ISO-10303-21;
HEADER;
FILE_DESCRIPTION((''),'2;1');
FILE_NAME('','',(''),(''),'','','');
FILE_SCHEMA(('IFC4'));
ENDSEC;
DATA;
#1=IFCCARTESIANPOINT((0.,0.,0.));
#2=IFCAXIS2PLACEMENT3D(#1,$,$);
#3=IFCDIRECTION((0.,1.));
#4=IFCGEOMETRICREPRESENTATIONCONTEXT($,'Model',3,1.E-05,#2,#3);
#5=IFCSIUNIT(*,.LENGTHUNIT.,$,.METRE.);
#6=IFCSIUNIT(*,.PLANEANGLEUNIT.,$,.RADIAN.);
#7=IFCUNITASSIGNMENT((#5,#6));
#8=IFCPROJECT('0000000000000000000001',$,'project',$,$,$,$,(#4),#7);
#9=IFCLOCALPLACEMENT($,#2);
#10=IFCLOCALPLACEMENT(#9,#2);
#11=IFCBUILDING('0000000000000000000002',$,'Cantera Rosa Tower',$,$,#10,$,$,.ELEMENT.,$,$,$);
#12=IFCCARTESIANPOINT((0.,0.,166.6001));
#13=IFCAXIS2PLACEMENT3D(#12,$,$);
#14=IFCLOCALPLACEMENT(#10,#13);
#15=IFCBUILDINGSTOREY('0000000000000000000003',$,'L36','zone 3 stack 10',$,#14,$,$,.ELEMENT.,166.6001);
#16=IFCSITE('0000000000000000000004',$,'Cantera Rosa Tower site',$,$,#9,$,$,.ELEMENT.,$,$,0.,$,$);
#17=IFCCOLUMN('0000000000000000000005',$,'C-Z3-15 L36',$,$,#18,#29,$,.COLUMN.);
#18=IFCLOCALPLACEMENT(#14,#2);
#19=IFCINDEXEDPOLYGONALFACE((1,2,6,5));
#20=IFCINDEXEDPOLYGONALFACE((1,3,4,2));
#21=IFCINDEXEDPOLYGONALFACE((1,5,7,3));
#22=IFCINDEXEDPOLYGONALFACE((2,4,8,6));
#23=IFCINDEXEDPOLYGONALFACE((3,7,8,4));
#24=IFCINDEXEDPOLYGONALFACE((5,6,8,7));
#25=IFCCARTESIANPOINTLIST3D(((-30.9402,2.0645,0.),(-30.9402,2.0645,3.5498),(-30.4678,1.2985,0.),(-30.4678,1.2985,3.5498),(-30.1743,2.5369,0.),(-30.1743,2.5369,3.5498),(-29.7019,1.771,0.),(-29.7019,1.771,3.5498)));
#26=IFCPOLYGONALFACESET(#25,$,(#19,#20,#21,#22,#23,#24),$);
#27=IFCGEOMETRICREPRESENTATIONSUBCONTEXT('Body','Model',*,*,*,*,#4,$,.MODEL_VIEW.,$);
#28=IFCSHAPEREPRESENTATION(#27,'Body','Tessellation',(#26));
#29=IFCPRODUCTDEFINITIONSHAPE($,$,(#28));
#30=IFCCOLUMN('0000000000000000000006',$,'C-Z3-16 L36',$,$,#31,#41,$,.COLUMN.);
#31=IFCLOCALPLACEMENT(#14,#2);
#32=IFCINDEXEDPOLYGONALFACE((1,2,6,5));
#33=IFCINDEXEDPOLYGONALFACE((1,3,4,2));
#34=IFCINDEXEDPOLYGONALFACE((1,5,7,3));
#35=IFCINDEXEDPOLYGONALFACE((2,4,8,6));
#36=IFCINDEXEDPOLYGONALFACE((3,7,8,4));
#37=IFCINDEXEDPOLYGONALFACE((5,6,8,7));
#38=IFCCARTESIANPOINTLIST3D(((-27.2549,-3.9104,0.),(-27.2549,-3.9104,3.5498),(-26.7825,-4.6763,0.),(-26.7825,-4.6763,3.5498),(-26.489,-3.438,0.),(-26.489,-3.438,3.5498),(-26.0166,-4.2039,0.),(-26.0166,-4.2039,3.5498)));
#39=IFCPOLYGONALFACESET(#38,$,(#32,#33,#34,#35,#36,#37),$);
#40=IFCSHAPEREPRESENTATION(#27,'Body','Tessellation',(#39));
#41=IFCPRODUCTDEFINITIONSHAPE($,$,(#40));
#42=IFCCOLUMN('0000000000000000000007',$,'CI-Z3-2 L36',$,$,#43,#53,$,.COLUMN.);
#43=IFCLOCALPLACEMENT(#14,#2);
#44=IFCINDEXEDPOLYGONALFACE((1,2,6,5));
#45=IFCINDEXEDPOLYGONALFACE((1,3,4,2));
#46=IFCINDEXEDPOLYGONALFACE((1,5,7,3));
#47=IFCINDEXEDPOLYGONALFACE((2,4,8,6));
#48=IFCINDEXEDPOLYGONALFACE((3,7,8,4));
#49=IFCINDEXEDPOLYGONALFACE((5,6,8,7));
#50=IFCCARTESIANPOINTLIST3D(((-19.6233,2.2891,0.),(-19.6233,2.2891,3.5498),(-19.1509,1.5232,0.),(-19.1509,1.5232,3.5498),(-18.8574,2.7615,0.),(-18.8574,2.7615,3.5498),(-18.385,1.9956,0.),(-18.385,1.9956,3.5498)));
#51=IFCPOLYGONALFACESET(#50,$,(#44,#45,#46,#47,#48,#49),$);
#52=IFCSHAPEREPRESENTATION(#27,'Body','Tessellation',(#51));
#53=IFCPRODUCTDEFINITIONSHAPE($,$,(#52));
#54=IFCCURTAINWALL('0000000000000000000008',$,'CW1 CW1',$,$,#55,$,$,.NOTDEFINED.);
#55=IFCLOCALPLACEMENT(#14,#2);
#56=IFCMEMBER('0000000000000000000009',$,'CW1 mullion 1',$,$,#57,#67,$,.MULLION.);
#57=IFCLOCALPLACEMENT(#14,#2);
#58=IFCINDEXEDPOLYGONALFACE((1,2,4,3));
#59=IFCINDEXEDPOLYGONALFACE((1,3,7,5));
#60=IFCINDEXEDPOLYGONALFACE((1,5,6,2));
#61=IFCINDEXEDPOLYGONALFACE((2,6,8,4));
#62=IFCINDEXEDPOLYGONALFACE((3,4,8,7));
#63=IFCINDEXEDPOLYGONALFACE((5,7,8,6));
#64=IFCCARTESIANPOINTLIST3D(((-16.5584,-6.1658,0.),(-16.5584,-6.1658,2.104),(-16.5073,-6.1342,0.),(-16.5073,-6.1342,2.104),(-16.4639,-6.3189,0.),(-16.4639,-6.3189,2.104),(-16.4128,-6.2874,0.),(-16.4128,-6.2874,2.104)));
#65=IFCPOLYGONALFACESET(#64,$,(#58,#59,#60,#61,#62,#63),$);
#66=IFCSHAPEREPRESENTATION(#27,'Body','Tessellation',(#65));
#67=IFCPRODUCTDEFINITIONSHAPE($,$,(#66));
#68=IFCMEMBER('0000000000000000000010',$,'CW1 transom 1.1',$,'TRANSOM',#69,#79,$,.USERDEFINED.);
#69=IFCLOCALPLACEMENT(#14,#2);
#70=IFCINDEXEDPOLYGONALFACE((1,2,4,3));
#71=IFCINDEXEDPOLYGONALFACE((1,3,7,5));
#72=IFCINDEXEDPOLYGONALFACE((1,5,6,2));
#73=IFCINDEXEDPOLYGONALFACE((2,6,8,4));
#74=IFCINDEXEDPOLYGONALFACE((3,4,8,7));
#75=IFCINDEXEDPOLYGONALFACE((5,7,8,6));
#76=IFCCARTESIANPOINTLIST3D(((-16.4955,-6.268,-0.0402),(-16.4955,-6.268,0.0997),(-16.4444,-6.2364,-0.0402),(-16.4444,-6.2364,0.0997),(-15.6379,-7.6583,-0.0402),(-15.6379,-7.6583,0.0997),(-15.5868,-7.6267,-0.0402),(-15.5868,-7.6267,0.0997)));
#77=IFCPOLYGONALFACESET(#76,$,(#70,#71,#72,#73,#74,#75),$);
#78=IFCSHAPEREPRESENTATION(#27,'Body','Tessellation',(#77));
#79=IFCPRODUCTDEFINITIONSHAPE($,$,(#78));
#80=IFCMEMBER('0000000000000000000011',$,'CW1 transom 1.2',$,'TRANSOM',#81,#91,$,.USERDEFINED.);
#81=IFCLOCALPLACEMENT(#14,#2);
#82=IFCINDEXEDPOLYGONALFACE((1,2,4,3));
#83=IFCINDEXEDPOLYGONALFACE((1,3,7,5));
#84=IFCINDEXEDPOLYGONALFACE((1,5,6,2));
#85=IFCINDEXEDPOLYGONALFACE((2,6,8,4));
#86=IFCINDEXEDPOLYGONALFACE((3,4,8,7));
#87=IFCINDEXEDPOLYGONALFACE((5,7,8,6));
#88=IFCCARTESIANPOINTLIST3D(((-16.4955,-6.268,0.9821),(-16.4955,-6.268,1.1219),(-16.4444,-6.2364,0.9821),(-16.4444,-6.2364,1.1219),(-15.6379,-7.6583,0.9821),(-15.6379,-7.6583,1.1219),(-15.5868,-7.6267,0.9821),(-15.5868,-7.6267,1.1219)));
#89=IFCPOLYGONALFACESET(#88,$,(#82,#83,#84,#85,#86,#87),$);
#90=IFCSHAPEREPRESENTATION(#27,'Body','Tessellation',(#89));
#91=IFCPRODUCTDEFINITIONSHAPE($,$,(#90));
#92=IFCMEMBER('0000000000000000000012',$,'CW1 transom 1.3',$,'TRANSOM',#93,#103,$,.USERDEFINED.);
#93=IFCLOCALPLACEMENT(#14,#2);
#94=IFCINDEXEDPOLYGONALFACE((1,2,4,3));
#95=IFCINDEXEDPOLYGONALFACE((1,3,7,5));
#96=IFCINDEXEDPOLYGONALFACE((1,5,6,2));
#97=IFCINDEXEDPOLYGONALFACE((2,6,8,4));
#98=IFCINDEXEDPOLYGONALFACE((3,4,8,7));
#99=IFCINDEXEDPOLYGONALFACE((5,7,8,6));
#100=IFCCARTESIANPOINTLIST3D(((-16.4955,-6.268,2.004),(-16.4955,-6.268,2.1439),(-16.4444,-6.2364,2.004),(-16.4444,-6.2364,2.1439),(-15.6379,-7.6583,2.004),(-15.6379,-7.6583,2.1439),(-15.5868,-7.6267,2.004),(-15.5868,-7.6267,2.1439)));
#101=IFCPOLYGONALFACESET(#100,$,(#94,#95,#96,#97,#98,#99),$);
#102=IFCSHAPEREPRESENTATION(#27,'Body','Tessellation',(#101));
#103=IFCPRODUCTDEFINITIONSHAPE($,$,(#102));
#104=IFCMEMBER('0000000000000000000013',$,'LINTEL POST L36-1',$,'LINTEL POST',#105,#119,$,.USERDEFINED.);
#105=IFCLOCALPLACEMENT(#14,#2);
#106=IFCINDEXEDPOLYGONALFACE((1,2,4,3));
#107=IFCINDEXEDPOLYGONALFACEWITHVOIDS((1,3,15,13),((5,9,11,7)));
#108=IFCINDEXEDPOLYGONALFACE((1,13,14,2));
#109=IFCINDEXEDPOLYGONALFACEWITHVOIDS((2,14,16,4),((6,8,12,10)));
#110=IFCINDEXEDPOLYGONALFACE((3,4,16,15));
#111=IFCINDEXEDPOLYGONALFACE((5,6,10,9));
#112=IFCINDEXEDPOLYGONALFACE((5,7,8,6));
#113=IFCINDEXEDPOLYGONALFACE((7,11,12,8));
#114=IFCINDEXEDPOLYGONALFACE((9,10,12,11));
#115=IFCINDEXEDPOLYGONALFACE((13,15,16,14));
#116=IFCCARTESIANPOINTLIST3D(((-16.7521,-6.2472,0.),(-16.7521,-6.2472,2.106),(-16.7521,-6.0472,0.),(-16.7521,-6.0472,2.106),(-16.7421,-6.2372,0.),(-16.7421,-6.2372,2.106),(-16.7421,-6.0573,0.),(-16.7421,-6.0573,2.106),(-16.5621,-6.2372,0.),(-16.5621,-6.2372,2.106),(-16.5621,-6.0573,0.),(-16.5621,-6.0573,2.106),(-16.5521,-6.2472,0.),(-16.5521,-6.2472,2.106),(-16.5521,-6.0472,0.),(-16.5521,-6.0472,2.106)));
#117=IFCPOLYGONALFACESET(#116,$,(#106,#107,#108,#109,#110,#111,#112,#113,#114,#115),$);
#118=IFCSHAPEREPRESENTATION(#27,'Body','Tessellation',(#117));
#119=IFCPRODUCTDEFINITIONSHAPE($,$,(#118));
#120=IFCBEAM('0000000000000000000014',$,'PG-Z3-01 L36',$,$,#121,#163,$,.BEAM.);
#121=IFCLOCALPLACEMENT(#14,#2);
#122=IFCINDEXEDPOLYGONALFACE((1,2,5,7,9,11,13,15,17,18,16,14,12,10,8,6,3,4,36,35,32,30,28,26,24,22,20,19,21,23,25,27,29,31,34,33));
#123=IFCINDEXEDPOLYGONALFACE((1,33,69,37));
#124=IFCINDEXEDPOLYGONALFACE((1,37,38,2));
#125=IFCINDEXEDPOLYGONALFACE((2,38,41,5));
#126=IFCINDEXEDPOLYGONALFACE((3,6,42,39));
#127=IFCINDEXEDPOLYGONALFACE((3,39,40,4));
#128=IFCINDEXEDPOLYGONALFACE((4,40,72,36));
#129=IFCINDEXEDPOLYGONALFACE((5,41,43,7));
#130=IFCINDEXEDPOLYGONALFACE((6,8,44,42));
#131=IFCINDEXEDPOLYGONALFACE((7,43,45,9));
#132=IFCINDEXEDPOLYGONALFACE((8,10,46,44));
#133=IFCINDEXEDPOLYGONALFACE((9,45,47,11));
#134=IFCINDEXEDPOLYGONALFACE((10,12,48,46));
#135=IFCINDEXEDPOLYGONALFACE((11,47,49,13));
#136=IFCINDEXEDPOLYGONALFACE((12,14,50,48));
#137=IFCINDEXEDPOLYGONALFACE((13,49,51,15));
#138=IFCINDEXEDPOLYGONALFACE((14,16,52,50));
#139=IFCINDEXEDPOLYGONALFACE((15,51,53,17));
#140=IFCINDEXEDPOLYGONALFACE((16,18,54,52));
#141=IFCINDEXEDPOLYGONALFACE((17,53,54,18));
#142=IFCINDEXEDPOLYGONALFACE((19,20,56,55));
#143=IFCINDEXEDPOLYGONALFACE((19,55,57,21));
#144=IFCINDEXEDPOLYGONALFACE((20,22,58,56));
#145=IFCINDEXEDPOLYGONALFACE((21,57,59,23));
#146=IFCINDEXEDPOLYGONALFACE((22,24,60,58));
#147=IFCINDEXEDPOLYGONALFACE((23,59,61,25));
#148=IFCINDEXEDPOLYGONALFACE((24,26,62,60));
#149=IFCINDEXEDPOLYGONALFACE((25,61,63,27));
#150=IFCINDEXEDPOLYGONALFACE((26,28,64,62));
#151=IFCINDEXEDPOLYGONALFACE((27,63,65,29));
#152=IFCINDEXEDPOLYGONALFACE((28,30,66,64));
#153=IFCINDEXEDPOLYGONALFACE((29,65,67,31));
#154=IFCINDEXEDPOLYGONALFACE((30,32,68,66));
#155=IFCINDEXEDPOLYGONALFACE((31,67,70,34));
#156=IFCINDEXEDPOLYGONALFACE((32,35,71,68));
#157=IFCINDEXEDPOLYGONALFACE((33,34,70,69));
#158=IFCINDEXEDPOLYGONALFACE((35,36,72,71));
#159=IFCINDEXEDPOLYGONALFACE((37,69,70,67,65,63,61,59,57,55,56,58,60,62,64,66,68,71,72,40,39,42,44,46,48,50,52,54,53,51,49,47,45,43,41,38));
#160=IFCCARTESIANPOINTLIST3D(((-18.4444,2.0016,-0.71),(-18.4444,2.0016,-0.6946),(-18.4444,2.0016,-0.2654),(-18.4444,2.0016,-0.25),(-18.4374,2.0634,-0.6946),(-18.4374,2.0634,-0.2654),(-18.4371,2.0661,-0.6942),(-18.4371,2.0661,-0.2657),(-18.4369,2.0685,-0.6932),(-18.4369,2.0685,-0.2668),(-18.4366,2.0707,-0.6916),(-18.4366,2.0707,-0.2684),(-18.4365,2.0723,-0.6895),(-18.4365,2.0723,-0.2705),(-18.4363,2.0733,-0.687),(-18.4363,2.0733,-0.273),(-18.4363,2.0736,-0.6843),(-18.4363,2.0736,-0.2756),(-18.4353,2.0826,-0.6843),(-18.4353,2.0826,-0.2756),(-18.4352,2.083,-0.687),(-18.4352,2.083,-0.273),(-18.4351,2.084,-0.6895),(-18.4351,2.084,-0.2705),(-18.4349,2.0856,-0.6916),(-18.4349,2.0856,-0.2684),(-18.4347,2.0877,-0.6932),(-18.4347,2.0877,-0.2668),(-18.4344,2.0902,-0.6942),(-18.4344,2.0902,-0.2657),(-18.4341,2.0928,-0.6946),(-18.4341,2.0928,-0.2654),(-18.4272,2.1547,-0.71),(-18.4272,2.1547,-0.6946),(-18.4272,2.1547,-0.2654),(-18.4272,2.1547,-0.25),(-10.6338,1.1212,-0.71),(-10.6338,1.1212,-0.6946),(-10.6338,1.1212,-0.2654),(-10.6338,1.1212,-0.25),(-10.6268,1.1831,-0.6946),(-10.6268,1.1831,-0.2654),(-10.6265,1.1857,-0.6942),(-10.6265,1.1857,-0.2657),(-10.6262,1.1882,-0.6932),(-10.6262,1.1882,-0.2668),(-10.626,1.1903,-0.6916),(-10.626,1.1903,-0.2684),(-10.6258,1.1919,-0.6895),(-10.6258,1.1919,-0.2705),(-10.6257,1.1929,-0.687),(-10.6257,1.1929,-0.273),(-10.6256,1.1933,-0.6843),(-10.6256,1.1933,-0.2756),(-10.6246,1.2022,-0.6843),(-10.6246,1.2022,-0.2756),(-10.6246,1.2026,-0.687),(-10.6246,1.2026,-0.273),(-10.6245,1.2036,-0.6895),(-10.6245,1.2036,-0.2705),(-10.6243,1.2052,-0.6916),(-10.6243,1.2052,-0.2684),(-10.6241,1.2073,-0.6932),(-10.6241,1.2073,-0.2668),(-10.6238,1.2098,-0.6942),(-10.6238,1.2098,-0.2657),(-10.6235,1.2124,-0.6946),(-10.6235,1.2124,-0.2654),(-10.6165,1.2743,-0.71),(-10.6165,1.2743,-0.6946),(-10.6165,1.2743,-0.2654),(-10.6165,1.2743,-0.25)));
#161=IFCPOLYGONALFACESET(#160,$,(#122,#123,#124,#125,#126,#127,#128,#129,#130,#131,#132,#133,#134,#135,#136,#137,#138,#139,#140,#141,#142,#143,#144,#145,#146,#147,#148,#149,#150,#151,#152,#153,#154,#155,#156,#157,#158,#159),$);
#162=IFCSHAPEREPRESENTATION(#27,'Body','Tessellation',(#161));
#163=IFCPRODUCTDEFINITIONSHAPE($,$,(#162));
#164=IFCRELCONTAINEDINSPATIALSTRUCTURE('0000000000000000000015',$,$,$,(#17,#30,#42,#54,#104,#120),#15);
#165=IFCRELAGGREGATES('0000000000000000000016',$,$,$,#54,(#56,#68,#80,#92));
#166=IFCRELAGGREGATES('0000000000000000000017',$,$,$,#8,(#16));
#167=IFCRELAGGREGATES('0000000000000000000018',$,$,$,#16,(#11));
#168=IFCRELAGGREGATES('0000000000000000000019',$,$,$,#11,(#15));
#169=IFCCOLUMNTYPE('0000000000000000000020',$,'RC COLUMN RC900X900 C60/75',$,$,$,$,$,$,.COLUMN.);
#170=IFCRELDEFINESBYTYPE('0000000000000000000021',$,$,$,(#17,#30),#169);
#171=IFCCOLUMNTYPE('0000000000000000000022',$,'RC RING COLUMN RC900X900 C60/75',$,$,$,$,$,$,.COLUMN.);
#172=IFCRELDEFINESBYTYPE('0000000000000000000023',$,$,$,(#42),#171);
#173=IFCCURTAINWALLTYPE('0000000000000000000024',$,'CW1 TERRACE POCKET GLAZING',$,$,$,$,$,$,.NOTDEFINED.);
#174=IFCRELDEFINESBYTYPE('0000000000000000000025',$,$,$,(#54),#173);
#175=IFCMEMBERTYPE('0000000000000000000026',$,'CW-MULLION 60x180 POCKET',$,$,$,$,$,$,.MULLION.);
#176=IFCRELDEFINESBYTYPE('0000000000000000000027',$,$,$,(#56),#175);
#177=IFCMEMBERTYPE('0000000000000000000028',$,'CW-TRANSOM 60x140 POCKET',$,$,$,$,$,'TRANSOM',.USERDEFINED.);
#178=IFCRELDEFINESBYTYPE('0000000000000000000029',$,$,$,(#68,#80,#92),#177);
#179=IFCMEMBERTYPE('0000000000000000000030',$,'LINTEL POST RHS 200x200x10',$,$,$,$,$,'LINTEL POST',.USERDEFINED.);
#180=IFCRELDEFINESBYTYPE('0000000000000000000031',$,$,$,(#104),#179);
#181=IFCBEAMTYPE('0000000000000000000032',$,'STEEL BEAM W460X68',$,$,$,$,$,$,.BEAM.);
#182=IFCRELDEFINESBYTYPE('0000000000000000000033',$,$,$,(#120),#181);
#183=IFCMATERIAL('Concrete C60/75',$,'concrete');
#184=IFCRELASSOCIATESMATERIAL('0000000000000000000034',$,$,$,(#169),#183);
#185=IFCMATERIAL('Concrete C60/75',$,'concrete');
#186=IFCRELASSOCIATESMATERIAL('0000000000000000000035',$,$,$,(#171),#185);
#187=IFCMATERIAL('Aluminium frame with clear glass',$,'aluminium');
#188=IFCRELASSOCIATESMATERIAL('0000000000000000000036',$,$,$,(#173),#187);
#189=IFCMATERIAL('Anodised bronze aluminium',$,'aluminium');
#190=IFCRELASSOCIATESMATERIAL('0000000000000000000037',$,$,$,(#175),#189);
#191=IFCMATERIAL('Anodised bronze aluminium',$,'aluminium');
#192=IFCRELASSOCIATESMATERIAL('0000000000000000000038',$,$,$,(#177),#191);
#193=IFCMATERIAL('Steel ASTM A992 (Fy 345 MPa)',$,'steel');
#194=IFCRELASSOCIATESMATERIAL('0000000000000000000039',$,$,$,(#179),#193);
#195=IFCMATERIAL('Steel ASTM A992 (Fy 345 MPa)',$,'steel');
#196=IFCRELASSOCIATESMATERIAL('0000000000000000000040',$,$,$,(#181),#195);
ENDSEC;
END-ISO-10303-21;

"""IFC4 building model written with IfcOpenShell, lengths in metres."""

from ifc_helpers import new_model, si_unit, direction, frame, origin, origin_2d, place, context, subcontext, project, spatial, rectangle, hollow_rectangle, i_section, extrude, material, material_profile, profile_set, type_object, element, aggregate, save


model = new_model("IFC4")

# Units and contexts
model_context = context("Model", 3, precision=1e-05, world=origin(), true_north=direction((0.0, 1.0)))
body_context = subcontext(model_context, "Body", "Model", "MODEL_VIEW")
ifc_project = project(units=[si_unit("LENGTHUNIT", "METRE"), si_unit("PLANEANGLEUNIT", "RADIAN")], contexts=[model_context])

# Site, building, storey
site_placement = place(None, origin())
site = spatial("IfcSite", under=ifc_project, at=site_placement, Name="Cantera Rosa Tower site", CompositionType="ELEMENT", RefElevation=0.0)
building_placement = place(site_placement, origin())
building = spatial("IfcBuilding", under=site, at=building_placement, Name="Cantera Rosa Tower", CompositionType="ELEMENT")
storey_placement = place(building_placement, frame((0.0, 0.0, 166.6001)))
storey = spatial("IfcBuildingStorey", under=building, at=storey_placement, Name="L36", Description="zone 3 stack 10", CompositionType="ELEMENT", Elevation=166.6001)

# Columns
ifc_material_1 = material(Name="Concrete C60/75", Category="concrete")
ifc_material_profile_1 = material_profile(ifc_material_1, rectangle(XDim=0.8999, YDim=0.8999, at=origin_2d()), Name="RC COLUMN RC900X900 C60/75")
ifc_profile_set_1 = profile_set([ifc_material_profile_1], Name="Concrete C60/75")
column_type_1 = type_object("IfcColumnType", Name="RC COLUMN RC900X900 C60/75", PredefinedType="COLUMN", material=ifc_profile_set_1)
for number, where, z_axis, x_axis, name in (
    (1, (-30.321, 1.9177, 0.0), (0.0, 0.0, 1.0), (0.851117, 0.524977, 0.0), "C-Z3-15 L36"),
    (2, (-26.6357, -4.0571, 0.0), (0.0, 0.0, 1.0), (0.851117, 0.524977, 0.0), "C-Z3-16 L36"),
):
    element("IfcColumn", number, at=place(storey_placement, frame(where, z_axis=z_axis, x_axis=x_axis)), inside=storey, type_object=column_type_1, Name=name, PredefinedType="COLUMN", context=body_context, shape_type="SweptSolid", body=[
        extrude(rectangle(XDim=0.8999, YDim=0.8999, at=origin_2d()), origin(), (0.0, 0.0, 1.0), 3.5498),
    ])
ifc_material_2 = material(Name="Concrete C60/75", Category="concrete")
ifc_material_profile_2 = material_profile(ifc_material_2, rectangle(XDim=0.8999, YDim=0.8999, at=origin_2d()), Name="RC RING COLUMN RC900X900 C60/75")
ifc_profile_set_2 = profile_set([ifc_material_profile_2], Name="Concrete C60/75")
column_type_2 = type_object("IfcColumnType", Name="RC RING COLUMN RC900X900 C60/75", PredefinedType="COLUMN", material=ifc_profile_set_2)
column_placement = place(storey_placement, frame((-19.0042, 2.1423, 0.0), z_axis=(0.0, 0.0, 1.0), x_axis=(0.851117, 0.524977, 0.0)))
element("IfcColumn", 3, at=column_placement, inside=storey, type_object=column_type_2, Name="CI-Z3-2 L36", PredefinedType="COLUMN", context=body_context, shape_type="SweptSolid", body=[
    extrude(rectangle(XDim=0.8999, YDim=0.8999, at=origin_2d()), origin(), (0.0, 0.0, 1.0), 3.5498),
])

# Curtain wall, members
ifc_material_3 = material(Name="Aluminium frame with clear glass", Category="aluminium")
curtain_wall_type = type_object("IfcCurtainWallType", Name="CW1 TERRACE POCKET GLAZING", PredefinedType="NOTDEFINED", material=ifc_material_3)
curtain_wall_placement = place(storey_placement, origin())
curtain_wall = element("IfcCurtainWall", 4, at=curtain_wall_placement, inside=storey, type_object=curtain_wall_type, Name="CW1 CW1", PredefinedType="NOTDEFINED")
ifc_material_4 = material(Name="Anodised bronze aluminium", Category="aluminium")
ifc_material_profile_3 = material_profile(ifc_material_4, rectangle(XDim=0.0601, YDim=0.1799, at=origin_2d()), Name="CW-MULLION 60x180 POCKET")
ifc_profile_set_3 = profile_set([ifc_material_profile_3], Name="Anodised bronze aluminium")
member_type_1 = type_object("IfcMemberType", Name="CW-MULLION 60x180 POCKET", PredefinedType="MULLION", material=ifc_profile_set_3)
member_1_placement = place(storey_placement, frame((-16.4856, -6.2266, 0.0), z_axis=(0.0, 0.0, 1.0), x_axis=(0.851117, 0.524977, 0.0)))
member_1 = element("IfcMember", 5, at=member_1_placement, type_object=member_type_1, Name="CW1 mullion 1", PredefinedType="MULLION", context=body_context, shape_type="SweptSolid", body=[
    extrude(rectangle(XDim=0.0601, YDim=0.1799, at=origin_2d()), origin(), (0.0, 0.0, 1.0), 2.104),
])
ifc_material_5 = material(Name="Anodised bronze aluminium", Category="aluminium")
ifc_material_profile_4 = material_profile(ifc_material_5, rectangle(XDim=0.0601, YDim=0.1399, at=origin_2d()), Name="CW-TRANSOM 60x140 POCKET")
ifc_profile_set_4 = profile_set([ifc_material_profile_4], Name="Anodised bronze aluminium")
member_type_2 = type_object("IfcMemberType", Name="CW-TRANSOM 60x140 POCKET", ElementType="TRANSOM", PredefinedType="USERDEFINED", material=ifc_profile_set_4)
member_2_placement = place(storey_placement, frame((-16.47, -6.2522, 0.0298), z_axis=(0.525006, -0.851099, 0.0), x_axis=(0.851099, 0.525006, 0.0)))
member_2 = element("IfcMember", 6, at=member_2_placement, type_object=member_type_2, Name="CW1 transom 1.1", ObjectType="TRANSOM", PredefinedType="USERDEFINED", context=body_context, shape_type="SweptSolid", body=[
    extrude(rectangle(XDim=0.0601, YDim=0.1399, at=origin_2d()), origin(), (0.0, 0.0, 1.0), 1.6335),
])
member_3_placement = place(storey_placement, frame((-16.47, -6.2522, 1.052), z_axis=(0.525006, -0.851099, 0.0), x_axis=(0.851099, 0.525006, 0.0)))
member_3 = element("IfcMember", 7, at=member_3_placement, type_object=member_type_2, Name="CW1 transom 1.2", ObjectType="TRANSOM", PredefinedType="USERDEFINED", context=body_context, shape_type="SweptSolid", body=[
    extrude(rectangle(XDim=0.0601, YDim=0.1399, at=origin_2d()), origin(), (0.0, 0.0, 1.0), 1.6335),
])
member_4_placement = place(storey_placement, frame((-16.47, -6.2522, 2.074), z_axis=(0.525006, -0.851099, 0.0), x_axis=(0.851099, 0.525006, 0.0)))
member_4 = element("IfcMember", 8, at=member_4_placement, type_object=member_type_2, Name="CW1 transom 1.3", ObjectType="TRANSOM", PredefinedType="USERDEFINED", context=body_context, shape_type="SweptSolid", body=[
    extrude(rectangle(XDim=0.0601, YDim=0.1399, at=origin_2d()), origin(), (0.0, 0.0, 1.0), 1.6335),
])
aggregate(curtain_wall, [member_1, member_2, member_3, member_4])

# Member
ifc_material_6 = material(Name="Steel ASTM A992 (Fy 345 MPa)", Category="steel")
ifc_material_profile_5 = material_profile(ifc_material_6, hollow_rectangle(XDim=0.2, YDim=0.2, WallThickness=0.01, at=origin_2d()), Name="LINTEL POST RHS 200x200x10")
ifc_profile_set_5 = profile_set([ifc_material_profile_5], Name="Steel ASTM A992 (Fy 345 MPa)")
member_type_3 = type_object("IfcMemberType", Name="LINTEL POST RHS 200x200x10", ElementType="LINTEL POST", PredefinedType="USERDEFINED", material=ifc_profile_set_5)
member_5_placement = place(storey_placement, frame((-16.6521, -6.1472, 0.0), z_axis=(0.0, 0.0, 1.0), x_axis=(1.0, 0.0, 0.0)))
element("IfcMember", 9, at=member_5_placement, inside=storey, type_object=member_type_3, Name="LINTEL POST L36-1", ObjectType="LINTEL POST", PredefinedType="USERDEFINED", context=body_context, shape_type="SweptSolid", body=[
    extrude(hollow_rectangle(XDim=0.2, YDim=0.2, WallThickness=0.01, at=origin_2d()), origin(), (0.0, 0.0, 1.0), 2.106),
])

# Beam
ifc_material_7 = material(Name="Steel ASTM A992 (Fy 345 MPa)", Category="steel")
ifc_material_profile_6 = material_profile(ifc_material_7, i_section(OverallWidth=0.1541, OverallDepth=0.46, WebThickness=0.009, FlangeThickness=0.0154, FilletRadius=0.0103, at=origin_2d()), Name="W460X68")
ifc_profile_set_6 = profile_set([ifc_material_profile_6], Name="Steel ASTM A992 (Fy 345 MPa)")
beam_type_1 = type_object("IfcBeamType", Name="STEEL BEAM W460X68", PredefinedType="BEAM", material=ifc_profile_set_6)
beam_1_placement = place(storey_placement, frame((-18.4358, 2.0781, -0.48), z_axis=(0.993707, -0.112006, 0.0), x_axis=(0.112006, 0.993707, 0.0)))
element("IfcBeam", 10, at=beam_1_placement, inside=storey, type_object=beam_type_1, Name="PG-Z3-01 L36", PredefinedType="BEAM", context=body_context, shape_type="SweptSolid", body=[
    extrude(i_section(OverallWidth=0.1541, OverallDepth=0.46, WebThickness=0.009, FlangeThickness=0.0154, FilletRadius=0.0103, at=origin_2d()), origin(), (0.0, 0.0, 1.0), 7.8601),
])

save(model, "model.ifc")
